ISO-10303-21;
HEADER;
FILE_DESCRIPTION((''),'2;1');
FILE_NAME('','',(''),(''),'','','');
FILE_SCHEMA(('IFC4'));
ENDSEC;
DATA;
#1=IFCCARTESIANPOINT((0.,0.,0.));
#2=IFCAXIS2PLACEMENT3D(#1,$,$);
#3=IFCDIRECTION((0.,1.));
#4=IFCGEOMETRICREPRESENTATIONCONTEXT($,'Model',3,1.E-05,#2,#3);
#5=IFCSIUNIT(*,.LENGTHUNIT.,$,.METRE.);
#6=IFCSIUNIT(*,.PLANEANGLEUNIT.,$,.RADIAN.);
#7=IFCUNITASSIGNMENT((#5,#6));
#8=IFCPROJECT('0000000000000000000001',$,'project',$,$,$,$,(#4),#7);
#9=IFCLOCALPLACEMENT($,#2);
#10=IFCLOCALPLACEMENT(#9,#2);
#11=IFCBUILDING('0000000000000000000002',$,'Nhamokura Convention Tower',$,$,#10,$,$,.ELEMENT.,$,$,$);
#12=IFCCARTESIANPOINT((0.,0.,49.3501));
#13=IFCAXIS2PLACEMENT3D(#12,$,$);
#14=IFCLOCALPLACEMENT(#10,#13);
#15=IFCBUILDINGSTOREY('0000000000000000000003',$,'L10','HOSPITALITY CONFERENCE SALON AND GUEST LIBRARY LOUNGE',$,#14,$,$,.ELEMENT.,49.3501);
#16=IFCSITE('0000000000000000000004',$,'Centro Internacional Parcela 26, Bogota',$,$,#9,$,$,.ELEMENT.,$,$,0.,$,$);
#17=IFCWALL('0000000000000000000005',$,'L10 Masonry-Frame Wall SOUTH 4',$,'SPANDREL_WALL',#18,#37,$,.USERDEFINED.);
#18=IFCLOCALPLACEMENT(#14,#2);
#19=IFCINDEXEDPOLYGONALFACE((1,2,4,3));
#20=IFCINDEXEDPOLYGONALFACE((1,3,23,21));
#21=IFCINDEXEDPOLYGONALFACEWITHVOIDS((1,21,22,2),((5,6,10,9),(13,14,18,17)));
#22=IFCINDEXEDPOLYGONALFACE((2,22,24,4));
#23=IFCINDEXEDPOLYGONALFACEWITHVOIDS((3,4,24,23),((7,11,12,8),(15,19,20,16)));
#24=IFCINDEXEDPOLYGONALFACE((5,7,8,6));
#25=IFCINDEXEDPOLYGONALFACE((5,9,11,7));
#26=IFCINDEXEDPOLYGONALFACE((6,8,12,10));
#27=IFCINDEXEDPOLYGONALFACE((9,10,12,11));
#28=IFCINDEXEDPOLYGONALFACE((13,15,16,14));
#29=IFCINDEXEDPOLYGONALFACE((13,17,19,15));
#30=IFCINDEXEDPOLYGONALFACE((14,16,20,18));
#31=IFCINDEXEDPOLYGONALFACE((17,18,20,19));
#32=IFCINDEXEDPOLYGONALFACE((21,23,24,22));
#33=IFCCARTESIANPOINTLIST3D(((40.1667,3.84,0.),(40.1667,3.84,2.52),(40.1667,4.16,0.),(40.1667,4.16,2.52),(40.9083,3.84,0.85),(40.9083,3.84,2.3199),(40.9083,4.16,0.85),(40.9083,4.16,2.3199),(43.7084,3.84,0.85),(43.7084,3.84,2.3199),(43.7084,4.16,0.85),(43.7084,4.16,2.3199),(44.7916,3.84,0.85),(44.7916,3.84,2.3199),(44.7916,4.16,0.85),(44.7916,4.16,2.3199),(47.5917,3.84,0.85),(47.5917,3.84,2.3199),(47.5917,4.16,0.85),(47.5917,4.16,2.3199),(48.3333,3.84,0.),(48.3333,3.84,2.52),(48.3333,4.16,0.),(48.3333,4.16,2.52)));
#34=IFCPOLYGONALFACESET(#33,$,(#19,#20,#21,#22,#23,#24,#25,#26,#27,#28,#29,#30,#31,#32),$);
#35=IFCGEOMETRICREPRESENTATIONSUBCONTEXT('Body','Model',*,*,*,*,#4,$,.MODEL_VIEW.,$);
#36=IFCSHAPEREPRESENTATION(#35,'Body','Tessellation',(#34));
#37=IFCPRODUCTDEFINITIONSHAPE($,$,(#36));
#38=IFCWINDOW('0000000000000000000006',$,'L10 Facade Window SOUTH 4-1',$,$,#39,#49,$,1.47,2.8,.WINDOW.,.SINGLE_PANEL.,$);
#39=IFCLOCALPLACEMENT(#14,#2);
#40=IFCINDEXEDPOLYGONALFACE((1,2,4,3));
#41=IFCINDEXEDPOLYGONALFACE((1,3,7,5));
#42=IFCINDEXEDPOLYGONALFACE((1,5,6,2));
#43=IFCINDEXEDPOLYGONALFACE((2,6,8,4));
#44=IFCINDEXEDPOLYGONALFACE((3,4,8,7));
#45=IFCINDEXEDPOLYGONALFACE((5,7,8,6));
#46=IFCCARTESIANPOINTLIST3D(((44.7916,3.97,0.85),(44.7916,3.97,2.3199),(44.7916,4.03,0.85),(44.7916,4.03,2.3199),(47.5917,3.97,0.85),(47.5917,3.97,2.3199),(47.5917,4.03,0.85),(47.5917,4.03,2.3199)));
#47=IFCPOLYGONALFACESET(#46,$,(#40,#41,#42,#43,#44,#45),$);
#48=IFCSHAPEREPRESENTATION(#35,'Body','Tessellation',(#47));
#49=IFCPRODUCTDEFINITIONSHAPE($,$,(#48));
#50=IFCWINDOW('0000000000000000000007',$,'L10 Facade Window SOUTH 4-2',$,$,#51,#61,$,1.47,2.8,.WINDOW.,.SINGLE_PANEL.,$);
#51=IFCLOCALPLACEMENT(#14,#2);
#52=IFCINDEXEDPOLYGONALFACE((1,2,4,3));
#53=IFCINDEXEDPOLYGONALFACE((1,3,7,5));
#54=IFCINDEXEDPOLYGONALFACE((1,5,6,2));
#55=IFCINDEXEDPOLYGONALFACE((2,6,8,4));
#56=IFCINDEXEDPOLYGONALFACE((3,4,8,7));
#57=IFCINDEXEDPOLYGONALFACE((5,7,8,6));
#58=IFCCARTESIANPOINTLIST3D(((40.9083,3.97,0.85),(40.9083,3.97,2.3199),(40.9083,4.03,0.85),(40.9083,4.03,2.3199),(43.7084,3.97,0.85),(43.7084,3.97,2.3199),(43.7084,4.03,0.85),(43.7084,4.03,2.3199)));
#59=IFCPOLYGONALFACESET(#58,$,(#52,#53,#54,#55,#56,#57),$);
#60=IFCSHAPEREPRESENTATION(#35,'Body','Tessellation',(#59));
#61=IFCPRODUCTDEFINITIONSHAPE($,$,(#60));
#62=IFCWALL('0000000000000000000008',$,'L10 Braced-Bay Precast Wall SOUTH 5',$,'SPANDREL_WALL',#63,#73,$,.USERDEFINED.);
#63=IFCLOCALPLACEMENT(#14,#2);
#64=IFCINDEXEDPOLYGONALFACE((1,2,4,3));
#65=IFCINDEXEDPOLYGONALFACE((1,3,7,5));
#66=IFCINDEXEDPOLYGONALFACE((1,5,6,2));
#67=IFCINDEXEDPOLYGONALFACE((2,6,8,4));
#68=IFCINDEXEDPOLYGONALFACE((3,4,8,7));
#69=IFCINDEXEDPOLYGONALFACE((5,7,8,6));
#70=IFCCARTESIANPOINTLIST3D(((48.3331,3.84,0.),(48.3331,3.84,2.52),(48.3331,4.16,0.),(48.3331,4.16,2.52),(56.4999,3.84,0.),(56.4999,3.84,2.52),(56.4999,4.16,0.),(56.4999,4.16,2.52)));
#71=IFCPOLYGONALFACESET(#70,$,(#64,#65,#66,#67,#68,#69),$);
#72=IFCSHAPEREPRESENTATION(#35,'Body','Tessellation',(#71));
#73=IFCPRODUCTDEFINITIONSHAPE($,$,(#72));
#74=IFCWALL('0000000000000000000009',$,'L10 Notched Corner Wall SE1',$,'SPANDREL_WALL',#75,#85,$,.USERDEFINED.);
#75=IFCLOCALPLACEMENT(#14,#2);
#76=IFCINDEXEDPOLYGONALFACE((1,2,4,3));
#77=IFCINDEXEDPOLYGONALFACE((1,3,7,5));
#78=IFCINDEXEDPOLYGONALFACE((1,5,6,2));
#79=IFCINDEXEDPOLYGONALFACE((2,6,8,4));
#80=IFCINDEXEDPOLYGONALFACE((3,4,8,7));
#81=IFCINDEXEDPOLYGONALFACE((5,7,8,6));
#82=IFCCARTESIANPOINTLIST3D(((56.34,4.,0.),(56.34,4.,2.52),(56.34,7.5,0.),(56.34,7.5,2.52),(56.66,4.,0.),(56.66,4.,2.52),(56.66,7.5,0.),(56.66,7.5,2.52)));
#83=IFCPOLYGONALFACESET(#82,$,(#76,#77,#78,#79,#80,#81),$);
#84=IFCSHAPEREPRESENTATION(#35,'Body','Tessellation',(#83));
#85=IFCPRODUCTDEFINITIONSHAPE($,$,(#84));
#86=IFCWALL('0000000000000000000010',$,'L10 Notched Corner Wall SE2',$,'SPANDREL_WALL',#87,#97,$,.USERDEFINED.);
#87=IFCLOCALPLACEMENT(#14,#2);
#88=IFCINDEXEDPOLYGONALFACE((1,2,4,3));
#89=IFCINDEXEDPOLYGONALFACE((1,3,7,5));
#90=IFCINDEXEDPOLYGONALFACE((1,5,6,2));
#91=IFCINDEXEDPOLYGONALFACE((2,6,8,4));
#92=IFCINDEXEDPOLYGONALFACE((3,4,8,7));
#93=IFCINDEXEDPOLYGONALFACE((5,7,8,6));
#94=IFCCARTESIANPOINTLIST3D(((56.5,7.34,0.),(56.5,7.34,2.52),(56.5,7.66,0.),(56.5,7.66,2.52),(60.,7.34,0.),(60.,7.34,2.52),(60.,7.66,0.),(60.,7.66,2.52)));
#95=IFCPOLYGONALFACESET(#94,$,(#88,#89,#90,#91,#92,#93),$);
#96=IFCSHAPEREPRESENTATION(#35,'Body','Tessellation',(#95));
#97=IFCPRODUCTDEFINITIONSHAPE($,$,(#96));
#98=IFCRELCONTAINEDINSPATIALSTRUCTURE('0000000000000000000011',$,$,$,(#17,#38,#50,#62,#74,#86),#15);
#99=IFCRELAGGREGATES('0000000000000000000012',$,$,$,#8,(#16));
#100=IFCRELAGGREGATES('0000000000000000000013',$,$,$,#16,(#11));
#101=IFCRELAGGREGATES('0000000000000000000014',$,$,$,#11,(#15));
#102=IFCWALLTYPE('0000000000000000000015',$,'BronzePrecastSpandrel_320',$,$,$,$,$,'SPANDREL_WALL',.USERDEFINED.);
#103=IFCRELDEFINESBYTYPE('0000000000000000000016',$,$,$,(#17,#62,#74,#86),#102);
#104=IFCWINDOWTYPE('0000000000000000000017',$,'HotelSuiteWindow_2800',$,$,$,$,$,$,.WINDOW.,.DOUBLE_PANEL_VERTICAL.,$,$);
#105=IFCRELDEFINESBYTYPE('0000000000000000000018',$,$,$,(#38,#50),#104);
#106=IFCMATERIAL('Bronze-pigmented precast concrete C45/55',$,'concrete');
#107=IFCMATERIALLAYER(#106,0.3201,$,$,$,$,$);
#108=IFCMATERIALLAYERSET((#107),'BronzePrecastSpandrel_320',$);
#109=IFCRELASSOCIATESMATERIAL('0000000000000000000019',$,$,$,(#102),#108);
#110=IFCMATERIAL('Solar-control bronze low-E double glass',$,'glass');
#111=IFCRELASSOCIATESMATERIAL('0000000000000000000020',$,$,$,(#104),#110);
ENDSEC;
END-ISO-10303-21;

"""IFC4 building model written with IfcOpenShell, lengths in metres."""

from ifc_helpers import new_model, si_unit, direction, frame, frame_2d, origin, place, context, subcontext, project, spatial, rectangle, extrude, material, layer, layer_set, type_object, element, fill, save


model = new_model("IFC4")

# Units and contexts
model_context = context("Model", 3, precision=1e-05, world=origin(), true_north=direction((0.0, 1.0)))
body_context = subcontext(model_context, "Body", "Model", "MODEL_VIEW")
ifc_project = project(units=[si_unit("LENGTHUNIT", "METRE"), si_unit("PLANEANGLEUNIT", "RADIAN")], contexts=[model_context])

# Site, building, storey
site_placement = place(None, origin())
site = spatial("IfcSite", under=ifc_project, at=site_placement, Name="Centro Internacional Parcela 26, Bogota", CompositionType="ELEMENT", RefElevation=0.0)
building_placement = place(site_placement, origin())
building = spatial("IfcBuilding", under=site, at=building_placement, Name="Nhamokura Convention Tower", CompositionType="ELEMENT")
storey_placement = place(building_placement, frame((0.0, 0.0, 49.3501)))
storey = spatial("IfcBuildingStorey", under=building, at=storey_placement, Name="L10", Description="HOSPITALITY CONFERENCE SALON AND GUEST LIBRARY LOUNGE", CompositionType="ELEMENT", Elevation=49.3501)

# Wall, openings, windows
ifc_material_1 = material(Name="Bronze-pigmented precast concrete C45/55", Category="concrete")
ifc_layer = layer(ifc_material_1, 0.3201)
ifc_layer_set = layer_set([ifc_layer], Name="BronzePrecastSpandrel_320")
wall_type = type_object("IfcWallType", Name="BronzePrecastSpandrel_320", ElementType="SPANDREL_WALL", PredefinedType="USERDEFINED", material=ifc_layer_set)
wall_1_placement = place(storey_placement, frame((48.3333, 4.0, 0.0), z_axis=(0.0, 0.0, 1.0), x_axis=(-1.0, 0.0, 0.0)))
wall_1 = element("IfcWall", 1, at=wall_1_placement, inside=storey, type_object=wall_type, Name="L10 Masonry-Frame Wall SOUTH 4", ObjectType="SPANDREL_WALL", PredefinedType="USERDEFINED", context=body_context, shape_type="SweptSolid", body=[
    extrude(rectangle(XDim=8.1665, YDim=0.3201, at=frame_2d((4.0833, 0.0))), origin(), (0.0, 0.0, 1.0), 2.52),
])
opening_1_placement = place(wall_1_placement, frame((0.7417, 0.0, 0.8501)))
opening_1 = element("IfcOpeningElement", 2, at=opening_1_placement, cuts=wall_1, PredefinedType="OPENING", context=body_context, shape_type="SweptSolid", body=[
    extrude(rectangle(XDim=2.8, YDim=1.47, at=frame_2d((1.3999, 0.7349))), frame((0.0, 0.1699, 0.0), z_axis=(0.0, -1.0, 0.0), x_axis=(1.0, 0.0, 0.0)), (0.0, 0.0, 1.0), 0.3401),
])
opening_2_placement = place(wall_1_placement, frame((4.625, 0.0, 0.8501)))
opening_2 = element("IfcOpeningElement", 3, at=opening_2_placement, cuts=wall_1, PredefinedType="OPENING", context=body_context, shape_type="SweptSolid", body=[
    extrude(rectangle(XDim=2.8, YDim=1.47, at=frame_2d((1.3999, 0.7349))), frame((0.0, 0.1699, 0.0), z_axis=(0.0, -1.0, 0.0), x_axis=(1.0, 0.0, 0.0)), (0.0, 0.0, 1.0), 0.3401),
])
ifc_material_2 = material(Name="Solar-control bronze low-E double glass", Category="glass")
window_type = type_object("IfcWindowType", Name="HotelSuiteWindow_2800", PartitioningType="DOUBLE_PANEL_VERTICAL", PredefinedType="WINDOW", material=ifc_material_2)
window_1_placement = place(opening_1_placement, origin())
window_1 = element("IfcWindow", 4, at=window_1_placement, inside=storey, type_object=window_type, Name="L10 Facade Window SOUTH 4-1", OverallHeight=1.47, OverallWidth=2.8, PartitioningType="SINGLE_PANEL", PredefinedType="WINDOW", context=body_context, shape_type="SweptSolid", body=[
    extrude(rectangle(XDim=2.8, YDim=1.47, at=frame_2d((1.3999, 0.7349))), frame((0.0, 0.03, 0.0), z_axis=(0.0, -1.0, 0.0), x_axis=(1.0, 0.0, 0.0)), (0.0, 0.0, 1.0), 0.0601),
])
fill(opening_1, window_1)
window_2_placement = place(opening_2_placement, origin())
window_2 = element("IfcWindow", 5, at=window_2_placement, inside=storey, type_object=window_type, Name="L10 Facade Window SOUTH 4-2", OverallHeight=1.47, OverallWidth=2.8, PartitioningType="SINGLE_PANEL", PredefinedType="WINDOW", context=body_context, shape_type="SweptSolid", body=[
    extrude(rectangle(XDim=2.8, YDim=1.47, at=frame_2d((1.3999, 0.7349))), frame((0.0, 0.03, 0.0), z_axis=(0.0, -1.0, 0.0), x_axis=(1.0, 0.0, 0.0)), (0.0, 0.0, 1.0), 0.0601),
])
fill(opening_2, window_2)

# Walls
wall_2_placement = place(storey_placement, frame((56.5, 4.0, 0.0), z_axis=(0.0, 0.0, 1.0), x_axis=(-1.0, 0.0, 0.0)))
element("IfcWall", 6, at=wall_2_placement, inside=storey, type_object=wall_type, Name="L10 Braced-Bay Precast Wall SOUTH 5", ObjectType="SPANDREL_WALL", PredefinedType="USERDEFINED", context=body_context, shape_type="SweptSolid", body=[
    extrude(rectangle(XDim=8.1667, YDim=0.3201, at=frame_2d((4.0835, 0.0))), origin(), (0.0, 0.0, 1.0), 2.52),
])
for number, where, z_axis, x_axis, name in (
    (7, (56.5, 7.5, 0.0), (0.0, 0.0, 1.0), (0.0, -1.0, 0.0), "L10 Notched Corner Wall SE1"),
    (8, (60.0, 7.5, 0.0), (0.0, 0.0, 1.0), (-1.0, 0.0, 0.0), "L10 Notched Corner Wall SE2"),
):
    element("IfcWall", number, at=place(storey_placement, frame(where, z_axis=z_axis, x_axis=x_axis)), inside=storey, type_object=wall_type, Name=name, ObjectType="SPANDREL_WALL", PredefinedType="USERDEFINED", context=body_context, shape_type="SweptSolid", body=[
        extrude(rectangle(XDim=3.5, YDim=0.3201, at=frame_2d((1.75, 0.0))), origin(), (0.0, 0.0, 1.0), 2.52),
    ])

save(model, "model.ifc")
